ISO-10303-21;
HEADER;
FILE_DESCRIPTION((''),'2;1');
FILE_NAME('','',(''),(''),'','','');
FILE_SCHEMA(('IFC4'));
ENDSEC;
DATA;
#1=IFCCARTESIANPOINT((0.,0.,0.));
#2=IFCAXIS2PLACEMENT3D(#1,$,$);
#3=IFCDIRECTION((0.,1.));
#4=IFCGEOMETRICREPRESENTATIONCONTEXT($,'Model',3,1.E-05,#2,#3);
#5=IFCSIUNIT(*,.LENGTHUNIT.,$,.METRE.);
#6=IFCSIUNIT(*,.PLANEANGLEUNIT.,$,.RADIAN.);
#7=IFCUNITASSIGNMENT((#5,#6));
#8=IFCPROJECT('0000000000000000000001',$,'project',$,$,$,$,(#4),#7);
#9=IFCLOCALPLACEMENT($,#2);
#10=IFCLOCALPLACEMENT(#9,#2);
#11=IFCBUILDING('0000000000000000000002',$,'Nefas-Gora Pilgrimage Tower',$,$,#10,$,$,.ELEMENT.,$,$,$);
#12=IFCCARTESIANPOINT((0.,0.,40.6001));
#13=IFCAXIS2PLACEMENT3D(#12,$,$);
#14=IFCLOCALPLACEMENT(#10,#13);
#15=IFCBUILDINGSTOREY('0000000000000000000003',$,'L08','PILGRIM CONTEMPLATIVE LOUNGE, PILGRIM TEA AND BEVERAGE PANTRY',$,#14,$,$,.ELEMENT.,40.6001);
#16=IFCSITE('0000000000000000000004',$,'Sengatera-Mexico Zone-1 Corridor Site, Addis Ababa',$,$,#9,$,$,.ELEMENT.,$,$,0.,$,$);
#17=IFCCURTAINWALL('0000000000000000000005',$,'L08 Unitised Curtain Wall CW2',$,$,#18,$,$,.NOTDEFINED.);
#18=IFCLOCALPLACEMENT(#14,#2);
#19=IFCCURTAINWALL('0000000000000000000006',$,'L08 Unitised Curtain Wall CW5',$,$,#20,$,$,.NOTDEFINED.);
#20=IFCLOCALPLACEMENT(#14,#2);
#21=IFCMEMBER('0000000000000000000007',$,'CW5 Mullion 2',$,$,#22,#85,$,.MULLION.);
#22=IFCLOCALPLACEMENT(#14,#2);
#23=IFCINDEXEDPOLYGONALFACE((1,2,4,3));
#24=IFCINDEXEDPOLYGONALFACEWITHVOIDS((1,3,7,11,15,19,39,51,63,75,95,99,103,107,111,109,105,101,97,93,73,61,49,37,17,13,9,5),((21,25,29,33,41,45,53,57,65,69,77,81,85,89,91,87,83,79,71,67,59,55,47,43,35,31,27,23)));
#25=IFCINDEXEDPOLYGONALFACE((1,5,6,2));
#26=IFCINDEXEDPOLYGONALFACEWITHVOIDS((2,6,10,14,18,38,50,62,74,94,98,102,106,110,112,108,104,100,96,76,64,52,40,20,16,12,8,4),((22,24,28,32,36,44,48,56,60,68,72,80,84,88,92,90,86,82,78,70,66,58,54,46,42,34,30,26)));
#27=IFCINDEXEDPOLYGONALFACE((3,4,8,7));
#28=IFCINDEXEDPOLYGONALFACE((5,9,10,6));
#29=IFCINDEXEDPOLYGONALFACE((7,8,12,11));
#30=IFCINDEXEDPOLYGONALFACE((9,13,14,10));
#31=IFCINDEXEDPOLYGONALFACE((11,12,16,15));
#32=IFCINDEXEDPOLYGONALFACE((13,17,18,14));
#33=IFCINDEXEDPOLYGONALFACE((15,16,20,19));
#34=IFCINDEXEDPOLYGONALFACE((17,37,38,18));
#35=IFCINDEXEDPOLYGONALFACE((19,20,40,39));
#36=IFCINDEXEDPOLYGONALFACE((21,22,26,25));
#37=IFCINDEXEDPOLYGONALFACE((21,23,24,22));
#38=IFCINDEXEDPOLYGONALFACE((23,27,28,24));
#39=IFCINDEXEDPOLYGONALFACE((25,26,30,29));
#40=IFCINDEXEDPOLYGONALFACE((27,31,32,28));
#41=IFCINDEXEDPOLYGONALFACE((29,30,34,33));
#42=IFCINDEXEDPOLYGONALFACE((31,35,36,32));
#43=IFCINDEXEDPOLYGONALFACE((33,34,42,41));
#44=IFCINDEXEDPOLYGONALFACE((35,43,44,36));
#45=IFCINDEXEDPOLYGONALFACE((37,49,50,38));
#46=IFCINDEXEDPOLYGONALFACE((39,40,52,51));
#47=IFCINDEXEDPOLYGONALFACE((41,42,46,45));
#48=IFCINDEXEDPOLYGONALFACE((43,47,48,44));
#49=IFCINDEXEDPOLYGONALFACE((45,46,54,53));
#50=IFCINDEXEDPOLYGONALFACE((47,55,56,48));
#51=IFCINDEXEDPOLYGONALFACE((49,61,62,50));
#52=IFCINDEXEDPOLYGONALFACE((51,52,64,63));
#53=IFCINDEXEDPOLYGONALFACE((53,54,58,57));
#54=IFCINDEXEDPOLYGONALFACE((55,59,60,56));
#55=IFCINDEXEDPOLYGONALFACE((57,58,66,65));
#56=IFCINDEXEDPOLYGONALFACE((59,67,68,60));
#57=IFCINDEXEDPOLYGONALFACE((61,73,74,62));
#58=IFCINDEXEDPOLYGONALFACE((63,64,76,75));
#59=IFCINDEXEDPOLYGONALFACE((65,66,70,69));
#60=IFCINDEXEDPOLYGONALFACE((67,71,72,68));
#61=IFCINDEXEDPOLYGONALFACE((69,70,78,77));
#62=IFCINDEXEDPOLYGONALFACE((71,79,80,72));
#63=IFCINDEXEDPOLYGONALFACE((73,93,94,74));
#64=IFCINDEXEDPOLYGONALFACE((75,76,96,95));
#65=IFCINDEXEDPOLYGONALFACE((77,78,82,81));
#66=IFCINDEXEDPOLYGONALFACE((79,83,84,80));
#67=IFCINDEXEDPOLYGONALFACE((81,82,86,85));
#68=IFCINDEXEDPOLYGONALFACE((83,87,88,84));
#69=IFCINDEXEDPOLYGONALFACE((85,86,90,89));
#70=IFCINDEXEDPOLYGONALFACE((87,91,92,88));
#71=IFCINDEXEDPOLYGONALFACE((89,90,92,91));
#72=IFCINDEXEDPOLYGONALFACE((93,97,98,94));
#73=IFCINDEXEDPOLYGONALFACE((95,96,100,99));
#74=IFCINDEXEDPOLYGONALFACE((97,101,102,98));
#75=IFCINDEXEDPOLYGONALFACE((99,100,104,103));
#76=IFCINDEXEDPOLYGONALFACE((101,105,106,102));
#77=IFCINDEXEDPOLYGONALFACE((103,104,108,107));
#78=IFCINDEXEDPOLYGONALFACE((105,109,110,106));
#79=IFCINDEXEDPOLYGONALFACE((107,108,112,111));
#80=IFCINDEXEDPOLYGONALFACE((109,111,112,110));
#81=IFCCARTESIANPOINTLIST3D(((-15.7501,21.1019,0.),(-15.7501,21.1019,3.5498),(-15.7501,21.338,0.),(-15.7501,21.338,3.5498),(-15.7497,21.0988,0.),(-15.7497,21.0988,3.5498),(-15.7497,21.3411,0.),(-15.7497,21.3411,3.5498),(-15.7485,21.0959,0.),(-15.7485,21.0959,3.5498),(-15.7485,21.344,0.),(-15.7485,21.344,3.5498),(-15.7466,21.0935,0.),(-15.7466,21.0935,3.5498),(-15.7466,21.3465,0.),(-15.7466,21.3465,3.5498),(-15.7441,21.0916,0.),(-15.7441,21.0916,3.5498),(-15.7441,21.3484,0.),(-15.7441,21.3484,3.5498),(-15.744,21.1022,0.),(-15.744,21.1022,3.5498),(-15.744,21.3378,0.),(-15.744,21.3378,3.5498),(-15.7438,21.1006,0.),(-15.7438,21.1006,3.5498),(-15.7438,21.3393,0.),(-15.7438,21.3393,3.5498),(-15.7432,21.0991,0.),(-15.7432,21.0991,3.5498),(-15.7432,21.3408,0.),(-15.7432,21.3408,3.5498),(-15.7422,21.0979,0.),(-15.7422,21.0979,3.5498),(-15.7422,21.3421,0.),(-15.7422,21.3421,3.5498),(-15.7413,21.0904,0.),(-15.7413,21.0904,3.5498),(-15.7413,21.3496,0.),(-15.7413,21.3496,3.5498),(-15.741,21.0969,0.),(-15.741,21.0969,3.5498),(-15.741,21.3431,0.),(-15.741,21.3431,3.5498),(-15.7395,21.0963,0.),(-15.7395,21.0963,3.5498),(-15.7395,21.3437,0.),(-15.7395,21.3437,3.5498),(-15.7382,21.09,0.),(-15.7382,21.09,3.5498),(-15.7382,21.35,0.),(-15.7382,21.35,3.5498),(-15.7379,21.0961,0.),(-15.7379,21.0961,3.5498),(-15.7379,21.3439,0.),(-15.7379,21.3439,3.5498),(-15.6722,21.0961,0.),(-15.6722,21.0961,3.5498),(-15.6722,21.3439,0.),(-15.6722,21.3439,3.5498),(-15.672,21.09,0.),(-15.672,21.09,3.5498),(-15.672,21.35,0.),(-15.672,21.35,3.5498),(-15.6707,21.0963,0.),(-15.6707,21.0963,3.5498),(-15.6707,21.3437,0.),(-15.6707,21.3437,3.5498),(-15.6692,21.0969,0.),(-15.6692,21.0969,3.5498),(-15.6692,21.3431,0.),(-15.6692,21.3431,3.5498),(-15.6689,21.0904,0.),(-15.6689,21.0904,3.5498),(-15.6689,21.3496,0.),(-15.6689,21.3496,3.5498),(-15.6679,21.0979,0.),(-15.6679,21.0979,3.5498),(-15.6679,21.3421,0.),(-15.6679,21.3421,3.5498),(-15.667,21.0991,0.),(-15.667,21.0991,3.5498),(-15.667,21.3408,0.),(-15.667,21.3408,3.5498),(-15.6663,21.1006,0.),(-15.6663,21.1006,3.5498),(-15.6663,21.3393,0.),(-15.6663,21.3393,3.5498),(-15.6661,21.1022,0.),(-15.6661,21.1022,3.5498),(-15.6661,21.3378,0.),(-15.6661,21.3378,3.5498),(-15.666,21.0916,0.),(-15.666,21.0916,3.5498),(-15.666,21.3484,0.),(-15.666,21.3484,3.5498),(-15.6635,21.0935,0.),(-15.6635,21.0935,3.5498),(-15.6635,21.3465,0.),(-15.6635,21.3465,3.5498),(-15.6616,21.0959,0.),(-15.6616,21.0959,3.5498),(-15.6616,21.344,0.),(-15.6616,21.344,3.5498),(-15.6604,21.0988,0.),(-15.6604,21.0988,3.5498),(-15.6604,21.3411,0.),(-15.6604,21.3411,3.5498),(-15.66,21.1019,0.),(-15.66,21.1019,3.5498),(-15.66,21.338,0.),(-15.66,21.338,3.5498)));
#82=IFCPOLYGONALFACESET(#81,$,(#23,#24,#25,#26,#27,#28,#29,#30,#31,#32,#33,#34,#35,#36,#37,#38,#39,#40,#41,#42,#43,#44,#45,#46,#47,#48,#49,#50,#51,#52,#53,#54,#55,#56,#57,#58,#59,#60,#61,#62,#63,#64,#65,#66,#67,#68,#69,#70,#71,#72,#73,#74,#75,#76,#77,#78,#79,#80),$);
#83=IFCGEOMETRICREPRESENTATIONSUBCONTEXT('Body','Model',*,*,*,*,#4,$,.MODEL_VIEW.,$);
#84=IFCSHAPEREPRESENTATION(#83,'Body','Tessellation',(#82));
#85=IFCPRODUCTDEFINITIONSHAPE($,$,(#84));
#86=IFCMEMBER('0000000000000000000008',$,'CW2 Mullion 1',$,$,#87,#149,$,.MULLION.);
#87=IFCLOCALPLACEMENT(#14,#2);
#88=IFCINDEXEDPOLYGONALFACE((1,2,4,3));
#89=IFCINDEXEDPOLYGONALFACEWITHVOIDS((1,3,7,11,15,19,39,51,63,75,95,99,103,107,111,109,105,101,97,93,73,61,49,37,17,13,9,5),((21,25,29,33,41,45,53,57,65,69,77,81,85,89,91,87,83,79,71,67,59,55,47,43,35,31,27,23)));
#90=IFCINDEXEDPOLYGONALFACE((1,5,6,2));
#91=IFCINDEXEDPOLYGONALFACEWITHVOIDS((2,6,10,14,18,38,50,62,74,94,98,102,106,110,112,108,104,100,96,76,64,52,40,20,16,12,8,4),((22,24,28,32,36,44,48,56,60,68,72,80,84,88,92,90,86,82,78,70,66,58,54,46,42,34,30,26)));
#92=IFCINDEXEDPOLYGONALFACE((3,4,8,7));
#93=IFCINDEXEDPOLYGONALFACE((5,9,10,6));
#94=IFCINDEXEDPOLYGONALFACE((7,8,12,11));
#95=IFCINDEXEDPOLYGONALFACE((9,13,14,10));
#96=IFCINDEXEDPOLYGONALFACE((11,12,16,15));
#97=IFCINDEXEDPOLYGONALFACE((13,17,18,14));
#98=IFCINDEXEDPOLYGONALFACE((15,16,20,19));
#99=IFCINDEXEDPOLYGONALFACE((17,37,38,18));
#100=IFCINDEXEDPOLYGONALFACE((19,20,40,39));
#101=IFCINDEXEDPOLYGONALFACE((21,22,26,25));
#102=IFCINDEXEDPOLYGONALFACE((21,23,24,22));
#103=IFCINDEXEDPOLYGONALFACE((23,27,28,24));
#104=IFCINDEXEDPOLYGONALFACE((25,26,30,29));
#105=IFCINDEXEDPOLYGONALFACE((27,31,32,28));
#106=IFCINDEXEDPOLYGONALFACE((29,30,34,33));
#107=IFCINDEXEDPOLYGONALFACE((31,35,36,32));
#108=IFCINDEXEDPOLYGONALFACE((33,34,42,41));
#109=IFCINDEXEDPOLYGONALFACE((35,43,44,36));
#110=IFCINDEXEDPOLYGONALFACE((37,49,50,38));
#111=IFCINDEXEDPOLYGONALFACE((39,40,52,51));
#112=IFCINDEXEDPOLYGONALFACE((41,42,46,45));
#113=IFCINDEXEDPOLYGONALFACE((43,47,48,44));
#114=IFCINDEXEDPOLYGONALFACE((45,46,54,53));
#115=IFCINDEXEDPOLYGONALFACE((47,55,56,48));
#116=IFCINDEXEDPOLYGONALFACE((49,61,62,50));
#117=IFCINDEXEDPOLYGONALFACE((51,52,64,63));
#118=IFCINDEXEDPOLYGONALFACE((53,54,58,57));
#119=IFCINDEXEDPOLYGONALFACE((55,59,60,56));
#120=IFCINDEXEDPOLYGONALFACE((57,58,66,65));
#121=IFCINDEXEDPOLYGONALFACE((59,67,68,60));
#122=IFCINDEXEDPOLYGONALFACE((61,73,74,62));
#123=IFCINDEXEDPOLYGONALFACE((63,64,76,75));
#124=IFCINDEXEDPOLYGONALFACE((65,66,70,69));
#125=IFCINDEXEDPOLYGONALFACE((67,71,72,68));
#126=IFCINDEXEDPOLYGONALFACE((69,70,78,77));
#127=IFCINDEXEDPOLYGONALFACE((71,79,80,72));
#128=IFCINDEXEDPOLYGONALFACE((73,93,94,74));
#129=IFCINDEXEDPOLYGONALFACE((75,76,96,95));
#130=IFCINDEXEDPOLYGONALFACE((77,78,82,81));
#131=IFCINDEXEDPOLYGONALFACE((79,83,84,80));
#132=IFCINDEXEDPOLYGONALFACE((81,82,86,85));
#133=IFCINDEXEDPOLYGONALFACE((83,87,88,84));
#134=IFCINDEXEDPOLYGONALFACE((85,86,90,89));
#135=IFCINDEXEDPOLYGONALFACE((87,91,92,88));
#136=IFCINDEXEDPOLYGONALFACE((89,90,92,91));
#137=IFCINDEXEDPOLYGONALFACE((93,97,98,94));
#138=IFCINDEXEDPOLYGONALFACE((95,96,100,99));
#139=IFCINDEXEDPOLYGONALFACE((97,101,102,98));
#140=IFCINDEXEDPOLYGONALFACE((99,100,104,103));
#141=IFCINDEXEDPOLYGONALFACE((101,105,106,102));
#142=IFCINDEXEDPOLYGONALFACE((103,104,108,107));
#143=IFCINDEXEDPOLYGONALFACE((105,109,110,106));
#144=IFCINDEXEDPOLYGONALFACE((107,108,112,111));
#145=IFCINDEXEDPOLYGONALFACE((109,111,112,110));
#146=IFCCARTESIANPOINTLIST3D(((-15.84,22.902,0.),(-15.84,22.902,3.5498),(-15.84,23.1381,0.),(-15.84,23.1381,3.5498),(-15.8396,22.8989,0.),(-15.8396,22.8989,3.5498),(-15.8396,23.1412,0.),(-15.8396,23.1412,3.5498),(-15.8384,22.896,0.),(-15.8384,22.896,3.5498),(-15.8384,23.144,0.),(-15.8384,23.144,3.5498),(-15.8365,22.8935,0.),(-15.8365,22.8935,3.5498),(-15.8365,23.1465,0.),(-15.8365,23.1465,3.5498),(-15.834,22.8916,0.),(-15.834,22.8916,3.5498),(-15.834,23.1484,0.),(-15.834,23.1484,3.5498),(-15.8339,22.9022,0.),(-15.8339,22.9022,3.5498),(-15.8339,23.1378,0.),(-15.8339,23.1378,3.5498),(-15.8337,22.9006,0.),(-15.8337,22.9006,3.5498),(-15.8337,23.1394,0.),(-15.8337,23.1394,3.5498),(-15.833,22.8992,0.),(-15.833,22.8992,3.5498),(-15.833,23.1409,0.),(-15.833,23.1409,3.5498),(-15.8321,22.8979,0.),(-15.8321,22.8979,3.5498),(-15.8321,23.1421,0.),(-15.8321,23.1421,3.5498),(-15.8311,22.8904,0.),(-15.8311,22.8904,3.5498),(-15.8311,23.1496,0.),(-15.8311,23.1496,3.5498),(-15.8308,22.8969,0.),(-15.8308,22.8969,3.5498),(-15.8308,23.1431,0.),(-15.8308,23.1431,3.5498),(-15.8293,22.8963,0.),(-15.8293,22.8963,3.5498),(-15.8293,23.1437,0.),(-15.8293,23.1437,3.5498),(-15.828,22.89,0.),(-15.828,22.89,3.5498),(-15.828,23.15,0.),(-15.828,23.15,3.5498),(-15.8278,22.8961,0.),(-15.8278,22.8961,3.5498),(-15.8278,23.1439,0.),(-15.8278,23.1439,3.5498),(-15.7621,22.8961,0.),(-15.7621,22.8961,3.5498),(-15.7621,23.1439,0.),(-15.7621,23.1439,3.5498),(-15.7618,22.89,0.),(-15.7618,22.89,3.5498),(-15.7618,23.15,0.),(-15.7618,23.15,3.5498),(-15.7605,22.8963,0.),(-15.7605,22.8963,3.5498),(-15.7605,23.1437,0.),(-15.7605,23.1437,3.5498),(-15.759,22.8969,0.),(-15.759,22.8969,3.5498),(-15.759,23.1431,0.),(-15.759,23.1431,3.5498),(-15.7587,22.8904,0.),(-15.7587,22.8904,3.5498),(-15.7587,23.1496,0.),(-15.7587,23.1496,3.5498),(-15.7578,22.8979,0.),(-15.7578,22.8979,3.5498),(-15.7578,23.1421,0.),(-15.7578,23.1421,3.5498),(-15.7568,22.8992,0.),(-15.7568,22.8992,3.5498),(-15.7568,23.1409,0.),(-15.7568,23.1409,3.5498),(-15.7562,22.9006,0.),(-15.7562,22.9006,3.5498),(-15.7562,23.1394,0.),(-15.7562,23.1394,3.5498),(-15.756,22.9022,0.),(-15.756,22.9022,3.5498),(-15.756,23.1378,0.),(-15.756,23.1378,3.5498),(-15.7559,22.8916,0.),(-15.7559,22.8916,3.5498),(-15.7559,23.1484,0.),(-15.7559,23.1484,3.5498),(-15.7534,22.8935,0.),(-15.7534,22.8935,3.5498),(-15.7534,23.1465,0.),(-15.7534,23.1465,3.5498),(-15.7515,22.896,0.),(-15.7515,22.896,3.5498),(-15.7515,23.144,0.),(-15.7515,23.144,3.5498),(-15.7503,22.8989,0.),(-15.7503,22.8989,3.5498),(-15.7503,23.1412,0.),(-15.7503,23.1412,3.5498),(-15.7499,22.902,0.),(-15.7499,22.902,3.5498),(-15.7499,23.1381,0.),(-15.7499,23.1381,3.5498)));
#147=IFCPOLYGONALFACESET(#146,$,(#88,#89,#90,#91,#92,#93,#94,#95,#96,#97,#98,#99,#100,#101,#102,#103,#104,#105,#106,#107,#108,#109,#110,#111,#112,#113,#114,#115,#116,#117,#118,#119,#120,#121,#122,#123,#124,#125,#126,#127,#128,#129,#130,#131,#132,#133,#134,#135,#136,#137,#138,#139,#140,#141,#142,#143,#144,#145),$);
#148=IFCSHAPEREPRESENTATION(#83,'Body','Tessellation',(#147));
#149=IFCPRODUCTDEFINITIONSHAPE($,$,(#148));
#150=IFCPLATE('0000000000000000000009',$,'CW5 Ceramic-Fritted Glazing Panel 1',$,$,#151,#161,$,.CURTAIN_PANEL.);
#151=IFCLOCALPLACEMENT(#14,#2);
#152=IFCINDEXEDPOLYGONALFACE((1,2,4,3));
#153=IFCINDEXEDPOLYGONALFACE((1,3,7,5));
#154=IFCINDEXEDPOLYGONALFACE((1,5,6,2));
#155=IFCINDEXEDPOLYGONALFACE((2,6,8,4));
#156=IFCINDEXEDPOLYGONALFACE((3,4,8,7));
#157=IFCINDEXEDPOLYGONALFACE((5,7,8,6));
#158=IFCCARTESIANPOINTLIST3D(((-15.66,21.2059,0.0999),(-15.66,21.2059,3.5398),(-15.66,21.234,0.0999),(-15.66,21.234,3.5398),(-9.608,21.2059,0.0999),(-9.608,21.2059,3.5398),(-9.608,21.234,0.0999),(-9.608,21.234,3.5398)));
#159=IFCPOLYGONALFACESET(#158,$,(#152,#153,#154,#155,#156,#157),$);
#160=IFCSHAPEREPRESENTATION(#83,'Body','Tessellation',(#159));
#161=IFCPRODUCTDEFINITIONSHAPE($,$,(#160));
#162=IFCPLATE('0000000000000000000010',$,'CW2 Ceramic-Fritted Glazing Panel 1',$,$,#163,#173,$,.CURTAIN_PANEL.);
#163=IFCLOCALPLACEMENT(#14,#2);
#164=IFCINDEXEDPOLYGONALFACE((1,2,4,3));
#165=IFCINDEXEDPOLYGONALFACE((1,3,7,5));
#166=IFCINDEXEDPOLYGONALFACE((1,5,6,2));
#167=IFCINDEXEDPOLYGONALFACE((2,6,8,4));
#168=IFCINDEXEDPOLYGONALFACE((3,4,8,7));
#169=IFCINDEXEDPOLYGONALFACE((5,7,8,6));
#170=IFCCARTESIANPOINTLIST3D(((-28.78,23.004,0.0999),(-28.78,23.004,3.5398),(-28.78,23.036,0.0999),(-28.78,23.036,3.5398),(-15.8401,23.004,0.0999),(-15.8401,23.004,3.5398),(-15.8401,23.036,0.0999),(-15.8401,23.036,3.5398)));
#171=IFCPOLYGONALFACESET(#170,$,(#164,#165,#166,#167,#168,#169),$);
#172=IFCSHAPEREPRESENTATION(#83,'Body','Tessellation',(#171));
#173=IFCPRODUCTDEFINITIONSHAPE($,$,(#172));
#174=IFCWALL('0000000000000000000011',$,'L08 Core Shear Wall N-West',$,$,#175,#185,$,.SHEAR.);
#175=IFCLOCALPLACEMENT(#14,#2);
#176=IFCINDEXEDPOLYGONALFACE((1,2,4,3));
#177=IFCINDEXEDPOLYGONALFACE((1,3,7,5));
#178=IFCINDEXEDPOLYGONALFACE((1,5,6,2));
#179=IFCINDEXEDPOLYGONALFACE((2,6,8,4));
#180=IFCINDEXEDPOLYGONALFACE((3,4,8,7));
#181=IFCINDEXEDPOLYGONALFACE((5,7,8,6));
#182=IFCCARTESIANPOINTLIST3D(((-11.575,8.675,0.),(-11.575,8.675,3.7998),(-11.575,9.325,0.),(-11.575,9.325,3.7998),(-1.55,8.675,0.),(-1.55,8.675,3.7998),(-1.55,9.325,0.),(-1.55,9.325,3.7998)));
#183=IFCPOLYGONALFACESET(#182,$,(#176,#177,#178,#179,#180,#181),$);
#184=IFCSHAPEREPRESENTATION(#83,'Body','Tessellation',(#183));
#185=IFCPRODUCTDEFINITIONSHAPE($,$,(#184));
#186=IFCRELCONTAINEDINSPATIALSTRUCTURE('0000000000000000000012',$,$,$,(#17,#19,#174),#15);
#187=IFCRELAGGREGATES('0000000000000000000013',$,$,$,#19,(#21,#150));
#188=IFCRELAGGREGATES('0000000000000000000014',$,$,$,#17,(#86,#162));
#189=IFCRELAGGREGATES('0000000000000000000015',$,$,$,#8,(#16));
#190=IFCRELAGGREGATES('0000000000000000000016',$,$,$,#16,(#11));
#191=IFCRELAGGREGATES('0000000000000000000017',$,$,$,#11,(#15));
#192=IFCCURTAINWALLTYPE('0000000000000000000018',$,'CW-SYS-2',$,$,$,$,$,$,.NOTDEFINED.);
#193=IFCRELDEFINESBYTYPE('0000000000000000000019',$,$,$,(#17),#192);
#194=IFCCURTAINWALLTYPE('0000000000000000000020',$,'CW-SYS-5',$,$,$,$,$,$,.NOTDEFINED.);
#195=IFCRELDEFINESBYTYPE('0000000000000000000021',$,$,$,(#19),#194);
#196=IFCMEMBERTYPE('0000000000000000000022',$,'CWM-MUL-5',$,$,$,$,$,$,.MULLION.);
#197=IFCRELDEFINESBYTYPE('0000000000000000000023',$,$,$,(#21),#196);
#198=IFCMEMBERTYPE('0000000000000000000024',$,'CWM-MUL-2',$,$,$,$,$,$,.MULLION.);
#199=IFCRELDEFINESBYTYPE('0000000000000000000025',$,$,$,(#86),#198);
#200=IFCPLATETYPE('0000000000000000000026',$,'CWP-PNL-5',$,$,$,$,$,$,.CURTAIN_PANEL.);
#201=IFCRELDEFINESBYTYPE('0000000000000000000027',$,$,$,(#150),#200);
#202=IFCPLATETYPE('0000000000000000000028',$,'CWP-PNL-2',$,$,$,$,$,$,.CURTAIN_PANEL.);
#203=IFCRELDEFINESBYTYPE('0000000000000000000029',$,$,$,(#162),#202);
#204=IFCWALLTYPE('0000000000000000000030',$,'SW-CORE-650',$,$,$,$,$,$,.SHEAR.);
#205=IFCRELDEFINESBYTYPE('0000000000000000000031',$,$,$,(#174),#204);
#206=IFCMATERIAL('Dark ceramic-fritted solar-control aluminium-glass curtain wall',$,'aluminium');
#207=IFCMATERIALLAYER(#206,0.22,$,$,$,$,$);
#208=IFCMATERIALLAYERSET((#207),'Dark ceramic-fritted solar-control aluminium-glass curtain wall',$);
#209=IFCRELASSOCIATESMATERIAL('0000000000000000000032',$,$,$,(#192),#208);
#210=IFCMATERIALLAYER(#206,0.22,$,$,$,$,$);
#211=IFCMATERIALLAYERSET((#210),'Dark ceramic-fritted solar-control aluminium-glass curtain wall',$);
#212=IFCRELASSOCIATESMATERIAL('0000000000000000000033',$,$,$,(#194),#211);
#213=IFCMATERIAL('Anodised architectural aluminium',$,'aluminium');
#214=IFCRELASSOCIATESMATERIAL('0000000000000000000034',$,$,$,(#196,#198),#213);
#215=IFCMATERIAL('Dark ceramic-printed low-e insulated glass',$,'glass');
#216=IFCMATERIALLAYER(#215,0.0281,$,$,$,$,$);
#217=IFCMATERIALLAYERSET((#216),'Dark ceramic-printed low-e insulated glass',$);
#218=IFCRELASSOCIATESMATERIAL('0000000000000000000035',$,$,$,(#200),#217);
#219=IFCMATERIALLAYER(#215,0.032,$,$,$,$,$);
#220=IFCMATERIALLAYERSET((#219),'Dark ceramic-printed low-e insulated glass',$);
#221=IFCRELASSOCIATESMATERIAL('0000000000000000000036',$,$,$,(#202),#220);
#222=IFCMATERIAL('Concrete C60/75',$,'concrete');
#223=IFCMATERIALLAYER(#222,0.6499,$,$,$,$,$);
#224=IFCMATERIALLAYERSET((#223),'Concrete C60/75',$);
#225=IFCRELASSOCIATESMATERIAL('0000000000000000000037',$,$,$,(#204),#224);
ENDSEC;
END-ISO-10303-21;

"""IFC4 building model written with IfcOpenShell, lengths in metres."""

from ifc_helpers import new_model, si_unit, direction, frame, frame_2d, origin, origin_2d, place, context, subcontext, project, spatial, rectangle, hollow_rectangle, extrude, source, transform, mapped, material, layer, layer_set, material_profile, profile_set, type_object, element, aggregate, save


model = new_model("IFC4")

# Units and contexts
model_context = context("Model", 3, precision=1e-05, world=origin(), true_north=direction((0.0, 1.0)))
body_context = subcontext(model_context, "Body", "Model", "MODEL_VIEW")
ifc_project = project(units=[si_unit("LENGTHUNIT", "METRE"), si_unit("PLANEANGLEUNIT", "RADIAN")], contexts=[model_context])

# Site, building, storey
site_placement = place(None, origin())
site = spatial("IfcSite", under=ifc_project, at=site_placement, Name="Sengatera-Mexico Zone-1 Corridor Site, Addis Ababa", CompositionType="ELEMENT", RefElevation=0.0)
building_placement = place(site_placement, origin())
building = spatial("IfcBuilding", under=site, at=building_placement, Name="Nefas-Gora Pilgrimage Tower", CompositionType="ELEMENT")
storey_placement = place(building_placement, frame((0.0, 0.0, 40.6001)))
storey = spatial("IfcBuildingStorey", under=building, at=storey_placement, Name="L08", Description="PILGRIM CONTEMPLATIVE LOUNGE, PILGRIM TEA AND BEVERAGE PANTRY", CompositionType="ELEMENT", Elevation=40.6001)

# Curtain walls, member
ifc_material_1 = material(Name="Dark ceramic-fritted solar-control aluminium-glass curtain wall", Category="aluminium")
ifc_layer_1 = layer(ifc_material_1, 0.22)
ifc_layer_set_1 = layer_set([ifc_layer_1], Name="Dark ceramic-fritted solar-control aluminium-glass curtain wall")
curtain_wall_type_1 = type_object("IfcCurtainWallType", Name="CW-SYS-2", PredefinedType="NOTDEFINED", material=ifc_layer_set_1)
curtain_wall_1_placement = place(storey_placement, origin())
curtain_wall_1 = element("IfcCurtainWall", 1, at=curtain_wall_1_placement, inside=storey, type_object=curtain_wall_type_1, Name="L08 Unitised Curtain Wall CW2", PredefinedType="NOTDEFINED")
ifc_material_2 = material(Name="Anodised architectural aluminium", Category="aluminium")
ifc_layer_2 = layer(ifc_material_1, 0.22)
ifc_layer_set_2 = layer_set([ifc_layer_2], Name="Dark ceramic-fritted solar-control aluminium-glass curtain wall")
curtain_wall_type_2 = type_object("IfcCurtainWallType", Name="CW-SYS-5", PredefinedType="NOTDEFINED", material=ifc_layer_set_2)
curtain_wall_2_placement = place(storey_placement, origin())
curtain_wall_2 = element("IfcCurtainWall", 2, at=curtain_wall_2_placement, inside=storey, type_object=curtain_wall_type_2, Name="L08 Unitised Curtain Wall CW5", PredefinedType="NOTDEFINED")
ifc_material_profile_1 = material_profile(ifc_material_2, hollow_rectangle(XDim=0.0901, YDim=0.26, WallThickness=0.0061, InnerFilletRadius=0.0061, OuterFilletRadius=0.012, at=origin_2d()), Name="ALU MULLION 90x260")
ifc_profile_set_1 = profile_set([ifc_material_profile_1], Name="Anodised architectural aluminium")
member_type_1 = type_object("IfcMemberType", Name="CWM-MUL-5", PredefinedType="MULLION", material=ifc_profile_set_1)
shared_shape_1 = source(origin(), body_context, "Body", "SweptSolid", [
    extrude(hollow_rectangle(XDim=0.0901, YDim=0.26, WallThickness=0.0061, InnerFilletRadius=0.0061, OuterFilletRadius=0.012, at=origin_2d()), origin(), (0.0, 0.0, 1.0), 3.5498),
])
member_1_placement = place(storey_placement, frame((-15.7051, 21.22, 0.0), z_axis=(0.0, 0.0, 1.0), x_axis=(-1.0, 0.0, 0.0)))
member_1 = element("IfcMember", 3, at=member_1_placement, type_object=member_type_1, Name="CW5 Mullion 2", PredefinedType="MULLION", context=body_context, shape_type="MappedRepresentation", body=[
    mapped(shared_shape_1, transform((0.0, 0.0, 0.0), x_axis=(1.0, 0.0, 0.0), y_axis=(0.0, 1.0, 0.0), z_axis=(0.0, 0.0, 1.0), scale=1.0)),
])

# Member
ifc_material_profile_2 = material_profile(ifc_material_2, hollow_rectangle(XDim=0.0901, YDim=0.26, WallThickness=0.0061, InnerFilletRadius=0.0061, OuterFilletRadius=0.012, at=origin_2d()), Name="ALU MULLION 90x260")
ifc_profile_set_2 = profile_set([ifc_material_profile_2], Name="Anodised architectural aluminium")
member_type_2 = type_object("IfcMemberType", Name="CWM-MUL-2", PredefinedType="MULLION", material=ifc_profile_set_2)
shared_shape_2 = source(origin(), body_context, "Body", "SweptSolid", [
    extrude(hollow_rectangle(XDim=0.0901, YDim=0.26, WallThickness=0.0061, InnerFilletRadius=0.0061, OuterFilletRadius=0.012, at=origin_2d()), origin(), (0.0, 0.0, 1.0), 3.5498),
])
member_2_placement = place(storey_placement, frame((-15.7949, 23.02, 0.0), z_axis=(0.0, 0.0, 1.0), x_axis=(-1.0, 0.0, 0.0)))
member_2 = element("IfcMember", 4, at=member_2_placement, type_object=member_type_2, Name="CW2 Mullion 1", PredefinedType="MULLION", context=body_context, shape_type="MappedRepresentation", body=[
    mapped(shared_shape_2, transform((0.0, 0.0, 0.0), x_axis=(1.0, 0.0, 0.0), y_axis=(0.0, 1.0, 0.0), z_axis=(0.0, 0.0, 1.0), scale=1.0)),
])

# Plates
ifc_material_3 = material(Name="Dark ceramic-printed low-e insulated glass", Category="glass")
ifc_layer_3 = layer(ifc_material_3, 0.0281)
ifc_layer_set_3 = layer_set([ifc_layer_3], Name="Dark ceramic-printed low-e insulated glass")
plate_type_1 = type_object("IfcPlateType", Name="CWP-PNL-5", PredefinedType="CURTAIN_PANEL", material=ifc_layer_set_3)
shared_shape_3 = source(origin(), body_context, "Body", "SweptSolid", [
    extrude(rectangle(XDim=6.052, YDim=0.0281, at=origin_2d()), origin(), (0.0, 0.0, 1.0), 3.4399),
])
plate_1_placement = place(storey_placement, frame((-12.634, 21.22, 0.0999), z_axis=(0.0, 0.0, 1.0), x_axis=(-1.0, 0.0, 0.0)))
plate_1 = element("IfcPlate", 5, at=plate_1_placement, type_object=plate_type_1, Name="CW5 Ceramic-Fritted Glazing Panel 1", PredefinedType="CURTAIN_PANEL", context=body_context, shape_type="MappedRepresentation", body=[
    mapped(shared_shape_3, transform((0.0, 0.0, 0.0), x_axis=(1.0, 0.0, 0.0), y_axis=(0.0, 1.0, 0.0), z_axis=(0.0, 0.0, 1.0), scale=1.0)),
])
aggregate(curtain_wall_2, [member_1, plate_1])
ifc_layer_4 = layer(ifc_material_3, 0.032)
ifc_layer_set_4 = layer_set([ifc_layer_4], Name="Dark ceramic-printed low-e insulated glass")
plate_type_2 = type_object("IfcPlateType", Name="CWP-PNL-2", PredefinedType="CURTAIN_PANEL", material=ifc_layer_set_4)
shared_shape_4 = source(origin(), body_context, "Body", "SweptSolid", [
    extrude(rectangle(XDim=12.9399, YDim=0.032, at=origin_2d()), origin(), (0.0, 0.0, 1.0), 3.4399),
])
plate_2_placement = place(storey_placement, frame((-22.3101, 23.02, 0.0999), z_axis=(0.0, 0.0, 1.0), x_axis=(-1.0, 0.0, 0.0)))
plate_2 = element("IfcPlate", 6, at=plate_2_placement, type_object=plate_type_2, Name="CW2 Ceramic-Fritted Glazing Panel 1", PredefinedType="CURTAIN_PANEL", context=body_context, shape_type="MappedRepresentation", body=[
    mapped(shared_shape_4, transform((0.0, 0.0, 0.0), x_axis=(1.0, 0.0, 0.0), y_axis=(0.0, 1.0, 0.0), z_axis=(0.0, 0.0, 1.0), scale=1.0)),
])
aggregate(curtain_wall_1, [member_2, plate_2])

# Wall
ifc_material_4 = material(Name="Concrete C60/75", Category="concrete")
ifc_layer_5 = layer(ifc_material_4, 0.6499)
ifc_layer_set_5 = layer_set([ifc_layer_5], Name="Concrete C60/75")
wall_type_1 = type_object("IfcWallType", Name="SW-CORE-650", PredefinedType="SHEAR", material=ifc_layer_set_5)
shared_shape_5 = source(origin(), body_context, "Body", "SweptSolid", [
    extrude(rectangle(XDim=10.0249, YDim=0.6499, at=frame_2d((5.0125, 0.0))), origin(), (0.0, 0.0, 1.0), 3.7998),
])
wall_1_placement = place(storey_placement, frame((-11.575, 9.0, 0.0), z_axis=(0.0, 0.0, 1.0), x_axis=(1.0, 0.0, 0.0)))
element("IfcWall", 7, at=wall_1_placement, inside=storey, type_object=wall_type_1, Name="L08 Core Shear Wall N-West", PredefinedType="SHEAR", context=body_context, shape_type="MappedRepresentation", body=[
    mapped(shared_shape_5, transform((0.0, 0.0, 0.0), x_axis=(1.0, 0.0, 0.0), y_axis=(0.0, 1.0, 0.0), z_axis=(0.0, 0.0, 1.0), scale=1.0)),
])

save(model, "model.ifc")
